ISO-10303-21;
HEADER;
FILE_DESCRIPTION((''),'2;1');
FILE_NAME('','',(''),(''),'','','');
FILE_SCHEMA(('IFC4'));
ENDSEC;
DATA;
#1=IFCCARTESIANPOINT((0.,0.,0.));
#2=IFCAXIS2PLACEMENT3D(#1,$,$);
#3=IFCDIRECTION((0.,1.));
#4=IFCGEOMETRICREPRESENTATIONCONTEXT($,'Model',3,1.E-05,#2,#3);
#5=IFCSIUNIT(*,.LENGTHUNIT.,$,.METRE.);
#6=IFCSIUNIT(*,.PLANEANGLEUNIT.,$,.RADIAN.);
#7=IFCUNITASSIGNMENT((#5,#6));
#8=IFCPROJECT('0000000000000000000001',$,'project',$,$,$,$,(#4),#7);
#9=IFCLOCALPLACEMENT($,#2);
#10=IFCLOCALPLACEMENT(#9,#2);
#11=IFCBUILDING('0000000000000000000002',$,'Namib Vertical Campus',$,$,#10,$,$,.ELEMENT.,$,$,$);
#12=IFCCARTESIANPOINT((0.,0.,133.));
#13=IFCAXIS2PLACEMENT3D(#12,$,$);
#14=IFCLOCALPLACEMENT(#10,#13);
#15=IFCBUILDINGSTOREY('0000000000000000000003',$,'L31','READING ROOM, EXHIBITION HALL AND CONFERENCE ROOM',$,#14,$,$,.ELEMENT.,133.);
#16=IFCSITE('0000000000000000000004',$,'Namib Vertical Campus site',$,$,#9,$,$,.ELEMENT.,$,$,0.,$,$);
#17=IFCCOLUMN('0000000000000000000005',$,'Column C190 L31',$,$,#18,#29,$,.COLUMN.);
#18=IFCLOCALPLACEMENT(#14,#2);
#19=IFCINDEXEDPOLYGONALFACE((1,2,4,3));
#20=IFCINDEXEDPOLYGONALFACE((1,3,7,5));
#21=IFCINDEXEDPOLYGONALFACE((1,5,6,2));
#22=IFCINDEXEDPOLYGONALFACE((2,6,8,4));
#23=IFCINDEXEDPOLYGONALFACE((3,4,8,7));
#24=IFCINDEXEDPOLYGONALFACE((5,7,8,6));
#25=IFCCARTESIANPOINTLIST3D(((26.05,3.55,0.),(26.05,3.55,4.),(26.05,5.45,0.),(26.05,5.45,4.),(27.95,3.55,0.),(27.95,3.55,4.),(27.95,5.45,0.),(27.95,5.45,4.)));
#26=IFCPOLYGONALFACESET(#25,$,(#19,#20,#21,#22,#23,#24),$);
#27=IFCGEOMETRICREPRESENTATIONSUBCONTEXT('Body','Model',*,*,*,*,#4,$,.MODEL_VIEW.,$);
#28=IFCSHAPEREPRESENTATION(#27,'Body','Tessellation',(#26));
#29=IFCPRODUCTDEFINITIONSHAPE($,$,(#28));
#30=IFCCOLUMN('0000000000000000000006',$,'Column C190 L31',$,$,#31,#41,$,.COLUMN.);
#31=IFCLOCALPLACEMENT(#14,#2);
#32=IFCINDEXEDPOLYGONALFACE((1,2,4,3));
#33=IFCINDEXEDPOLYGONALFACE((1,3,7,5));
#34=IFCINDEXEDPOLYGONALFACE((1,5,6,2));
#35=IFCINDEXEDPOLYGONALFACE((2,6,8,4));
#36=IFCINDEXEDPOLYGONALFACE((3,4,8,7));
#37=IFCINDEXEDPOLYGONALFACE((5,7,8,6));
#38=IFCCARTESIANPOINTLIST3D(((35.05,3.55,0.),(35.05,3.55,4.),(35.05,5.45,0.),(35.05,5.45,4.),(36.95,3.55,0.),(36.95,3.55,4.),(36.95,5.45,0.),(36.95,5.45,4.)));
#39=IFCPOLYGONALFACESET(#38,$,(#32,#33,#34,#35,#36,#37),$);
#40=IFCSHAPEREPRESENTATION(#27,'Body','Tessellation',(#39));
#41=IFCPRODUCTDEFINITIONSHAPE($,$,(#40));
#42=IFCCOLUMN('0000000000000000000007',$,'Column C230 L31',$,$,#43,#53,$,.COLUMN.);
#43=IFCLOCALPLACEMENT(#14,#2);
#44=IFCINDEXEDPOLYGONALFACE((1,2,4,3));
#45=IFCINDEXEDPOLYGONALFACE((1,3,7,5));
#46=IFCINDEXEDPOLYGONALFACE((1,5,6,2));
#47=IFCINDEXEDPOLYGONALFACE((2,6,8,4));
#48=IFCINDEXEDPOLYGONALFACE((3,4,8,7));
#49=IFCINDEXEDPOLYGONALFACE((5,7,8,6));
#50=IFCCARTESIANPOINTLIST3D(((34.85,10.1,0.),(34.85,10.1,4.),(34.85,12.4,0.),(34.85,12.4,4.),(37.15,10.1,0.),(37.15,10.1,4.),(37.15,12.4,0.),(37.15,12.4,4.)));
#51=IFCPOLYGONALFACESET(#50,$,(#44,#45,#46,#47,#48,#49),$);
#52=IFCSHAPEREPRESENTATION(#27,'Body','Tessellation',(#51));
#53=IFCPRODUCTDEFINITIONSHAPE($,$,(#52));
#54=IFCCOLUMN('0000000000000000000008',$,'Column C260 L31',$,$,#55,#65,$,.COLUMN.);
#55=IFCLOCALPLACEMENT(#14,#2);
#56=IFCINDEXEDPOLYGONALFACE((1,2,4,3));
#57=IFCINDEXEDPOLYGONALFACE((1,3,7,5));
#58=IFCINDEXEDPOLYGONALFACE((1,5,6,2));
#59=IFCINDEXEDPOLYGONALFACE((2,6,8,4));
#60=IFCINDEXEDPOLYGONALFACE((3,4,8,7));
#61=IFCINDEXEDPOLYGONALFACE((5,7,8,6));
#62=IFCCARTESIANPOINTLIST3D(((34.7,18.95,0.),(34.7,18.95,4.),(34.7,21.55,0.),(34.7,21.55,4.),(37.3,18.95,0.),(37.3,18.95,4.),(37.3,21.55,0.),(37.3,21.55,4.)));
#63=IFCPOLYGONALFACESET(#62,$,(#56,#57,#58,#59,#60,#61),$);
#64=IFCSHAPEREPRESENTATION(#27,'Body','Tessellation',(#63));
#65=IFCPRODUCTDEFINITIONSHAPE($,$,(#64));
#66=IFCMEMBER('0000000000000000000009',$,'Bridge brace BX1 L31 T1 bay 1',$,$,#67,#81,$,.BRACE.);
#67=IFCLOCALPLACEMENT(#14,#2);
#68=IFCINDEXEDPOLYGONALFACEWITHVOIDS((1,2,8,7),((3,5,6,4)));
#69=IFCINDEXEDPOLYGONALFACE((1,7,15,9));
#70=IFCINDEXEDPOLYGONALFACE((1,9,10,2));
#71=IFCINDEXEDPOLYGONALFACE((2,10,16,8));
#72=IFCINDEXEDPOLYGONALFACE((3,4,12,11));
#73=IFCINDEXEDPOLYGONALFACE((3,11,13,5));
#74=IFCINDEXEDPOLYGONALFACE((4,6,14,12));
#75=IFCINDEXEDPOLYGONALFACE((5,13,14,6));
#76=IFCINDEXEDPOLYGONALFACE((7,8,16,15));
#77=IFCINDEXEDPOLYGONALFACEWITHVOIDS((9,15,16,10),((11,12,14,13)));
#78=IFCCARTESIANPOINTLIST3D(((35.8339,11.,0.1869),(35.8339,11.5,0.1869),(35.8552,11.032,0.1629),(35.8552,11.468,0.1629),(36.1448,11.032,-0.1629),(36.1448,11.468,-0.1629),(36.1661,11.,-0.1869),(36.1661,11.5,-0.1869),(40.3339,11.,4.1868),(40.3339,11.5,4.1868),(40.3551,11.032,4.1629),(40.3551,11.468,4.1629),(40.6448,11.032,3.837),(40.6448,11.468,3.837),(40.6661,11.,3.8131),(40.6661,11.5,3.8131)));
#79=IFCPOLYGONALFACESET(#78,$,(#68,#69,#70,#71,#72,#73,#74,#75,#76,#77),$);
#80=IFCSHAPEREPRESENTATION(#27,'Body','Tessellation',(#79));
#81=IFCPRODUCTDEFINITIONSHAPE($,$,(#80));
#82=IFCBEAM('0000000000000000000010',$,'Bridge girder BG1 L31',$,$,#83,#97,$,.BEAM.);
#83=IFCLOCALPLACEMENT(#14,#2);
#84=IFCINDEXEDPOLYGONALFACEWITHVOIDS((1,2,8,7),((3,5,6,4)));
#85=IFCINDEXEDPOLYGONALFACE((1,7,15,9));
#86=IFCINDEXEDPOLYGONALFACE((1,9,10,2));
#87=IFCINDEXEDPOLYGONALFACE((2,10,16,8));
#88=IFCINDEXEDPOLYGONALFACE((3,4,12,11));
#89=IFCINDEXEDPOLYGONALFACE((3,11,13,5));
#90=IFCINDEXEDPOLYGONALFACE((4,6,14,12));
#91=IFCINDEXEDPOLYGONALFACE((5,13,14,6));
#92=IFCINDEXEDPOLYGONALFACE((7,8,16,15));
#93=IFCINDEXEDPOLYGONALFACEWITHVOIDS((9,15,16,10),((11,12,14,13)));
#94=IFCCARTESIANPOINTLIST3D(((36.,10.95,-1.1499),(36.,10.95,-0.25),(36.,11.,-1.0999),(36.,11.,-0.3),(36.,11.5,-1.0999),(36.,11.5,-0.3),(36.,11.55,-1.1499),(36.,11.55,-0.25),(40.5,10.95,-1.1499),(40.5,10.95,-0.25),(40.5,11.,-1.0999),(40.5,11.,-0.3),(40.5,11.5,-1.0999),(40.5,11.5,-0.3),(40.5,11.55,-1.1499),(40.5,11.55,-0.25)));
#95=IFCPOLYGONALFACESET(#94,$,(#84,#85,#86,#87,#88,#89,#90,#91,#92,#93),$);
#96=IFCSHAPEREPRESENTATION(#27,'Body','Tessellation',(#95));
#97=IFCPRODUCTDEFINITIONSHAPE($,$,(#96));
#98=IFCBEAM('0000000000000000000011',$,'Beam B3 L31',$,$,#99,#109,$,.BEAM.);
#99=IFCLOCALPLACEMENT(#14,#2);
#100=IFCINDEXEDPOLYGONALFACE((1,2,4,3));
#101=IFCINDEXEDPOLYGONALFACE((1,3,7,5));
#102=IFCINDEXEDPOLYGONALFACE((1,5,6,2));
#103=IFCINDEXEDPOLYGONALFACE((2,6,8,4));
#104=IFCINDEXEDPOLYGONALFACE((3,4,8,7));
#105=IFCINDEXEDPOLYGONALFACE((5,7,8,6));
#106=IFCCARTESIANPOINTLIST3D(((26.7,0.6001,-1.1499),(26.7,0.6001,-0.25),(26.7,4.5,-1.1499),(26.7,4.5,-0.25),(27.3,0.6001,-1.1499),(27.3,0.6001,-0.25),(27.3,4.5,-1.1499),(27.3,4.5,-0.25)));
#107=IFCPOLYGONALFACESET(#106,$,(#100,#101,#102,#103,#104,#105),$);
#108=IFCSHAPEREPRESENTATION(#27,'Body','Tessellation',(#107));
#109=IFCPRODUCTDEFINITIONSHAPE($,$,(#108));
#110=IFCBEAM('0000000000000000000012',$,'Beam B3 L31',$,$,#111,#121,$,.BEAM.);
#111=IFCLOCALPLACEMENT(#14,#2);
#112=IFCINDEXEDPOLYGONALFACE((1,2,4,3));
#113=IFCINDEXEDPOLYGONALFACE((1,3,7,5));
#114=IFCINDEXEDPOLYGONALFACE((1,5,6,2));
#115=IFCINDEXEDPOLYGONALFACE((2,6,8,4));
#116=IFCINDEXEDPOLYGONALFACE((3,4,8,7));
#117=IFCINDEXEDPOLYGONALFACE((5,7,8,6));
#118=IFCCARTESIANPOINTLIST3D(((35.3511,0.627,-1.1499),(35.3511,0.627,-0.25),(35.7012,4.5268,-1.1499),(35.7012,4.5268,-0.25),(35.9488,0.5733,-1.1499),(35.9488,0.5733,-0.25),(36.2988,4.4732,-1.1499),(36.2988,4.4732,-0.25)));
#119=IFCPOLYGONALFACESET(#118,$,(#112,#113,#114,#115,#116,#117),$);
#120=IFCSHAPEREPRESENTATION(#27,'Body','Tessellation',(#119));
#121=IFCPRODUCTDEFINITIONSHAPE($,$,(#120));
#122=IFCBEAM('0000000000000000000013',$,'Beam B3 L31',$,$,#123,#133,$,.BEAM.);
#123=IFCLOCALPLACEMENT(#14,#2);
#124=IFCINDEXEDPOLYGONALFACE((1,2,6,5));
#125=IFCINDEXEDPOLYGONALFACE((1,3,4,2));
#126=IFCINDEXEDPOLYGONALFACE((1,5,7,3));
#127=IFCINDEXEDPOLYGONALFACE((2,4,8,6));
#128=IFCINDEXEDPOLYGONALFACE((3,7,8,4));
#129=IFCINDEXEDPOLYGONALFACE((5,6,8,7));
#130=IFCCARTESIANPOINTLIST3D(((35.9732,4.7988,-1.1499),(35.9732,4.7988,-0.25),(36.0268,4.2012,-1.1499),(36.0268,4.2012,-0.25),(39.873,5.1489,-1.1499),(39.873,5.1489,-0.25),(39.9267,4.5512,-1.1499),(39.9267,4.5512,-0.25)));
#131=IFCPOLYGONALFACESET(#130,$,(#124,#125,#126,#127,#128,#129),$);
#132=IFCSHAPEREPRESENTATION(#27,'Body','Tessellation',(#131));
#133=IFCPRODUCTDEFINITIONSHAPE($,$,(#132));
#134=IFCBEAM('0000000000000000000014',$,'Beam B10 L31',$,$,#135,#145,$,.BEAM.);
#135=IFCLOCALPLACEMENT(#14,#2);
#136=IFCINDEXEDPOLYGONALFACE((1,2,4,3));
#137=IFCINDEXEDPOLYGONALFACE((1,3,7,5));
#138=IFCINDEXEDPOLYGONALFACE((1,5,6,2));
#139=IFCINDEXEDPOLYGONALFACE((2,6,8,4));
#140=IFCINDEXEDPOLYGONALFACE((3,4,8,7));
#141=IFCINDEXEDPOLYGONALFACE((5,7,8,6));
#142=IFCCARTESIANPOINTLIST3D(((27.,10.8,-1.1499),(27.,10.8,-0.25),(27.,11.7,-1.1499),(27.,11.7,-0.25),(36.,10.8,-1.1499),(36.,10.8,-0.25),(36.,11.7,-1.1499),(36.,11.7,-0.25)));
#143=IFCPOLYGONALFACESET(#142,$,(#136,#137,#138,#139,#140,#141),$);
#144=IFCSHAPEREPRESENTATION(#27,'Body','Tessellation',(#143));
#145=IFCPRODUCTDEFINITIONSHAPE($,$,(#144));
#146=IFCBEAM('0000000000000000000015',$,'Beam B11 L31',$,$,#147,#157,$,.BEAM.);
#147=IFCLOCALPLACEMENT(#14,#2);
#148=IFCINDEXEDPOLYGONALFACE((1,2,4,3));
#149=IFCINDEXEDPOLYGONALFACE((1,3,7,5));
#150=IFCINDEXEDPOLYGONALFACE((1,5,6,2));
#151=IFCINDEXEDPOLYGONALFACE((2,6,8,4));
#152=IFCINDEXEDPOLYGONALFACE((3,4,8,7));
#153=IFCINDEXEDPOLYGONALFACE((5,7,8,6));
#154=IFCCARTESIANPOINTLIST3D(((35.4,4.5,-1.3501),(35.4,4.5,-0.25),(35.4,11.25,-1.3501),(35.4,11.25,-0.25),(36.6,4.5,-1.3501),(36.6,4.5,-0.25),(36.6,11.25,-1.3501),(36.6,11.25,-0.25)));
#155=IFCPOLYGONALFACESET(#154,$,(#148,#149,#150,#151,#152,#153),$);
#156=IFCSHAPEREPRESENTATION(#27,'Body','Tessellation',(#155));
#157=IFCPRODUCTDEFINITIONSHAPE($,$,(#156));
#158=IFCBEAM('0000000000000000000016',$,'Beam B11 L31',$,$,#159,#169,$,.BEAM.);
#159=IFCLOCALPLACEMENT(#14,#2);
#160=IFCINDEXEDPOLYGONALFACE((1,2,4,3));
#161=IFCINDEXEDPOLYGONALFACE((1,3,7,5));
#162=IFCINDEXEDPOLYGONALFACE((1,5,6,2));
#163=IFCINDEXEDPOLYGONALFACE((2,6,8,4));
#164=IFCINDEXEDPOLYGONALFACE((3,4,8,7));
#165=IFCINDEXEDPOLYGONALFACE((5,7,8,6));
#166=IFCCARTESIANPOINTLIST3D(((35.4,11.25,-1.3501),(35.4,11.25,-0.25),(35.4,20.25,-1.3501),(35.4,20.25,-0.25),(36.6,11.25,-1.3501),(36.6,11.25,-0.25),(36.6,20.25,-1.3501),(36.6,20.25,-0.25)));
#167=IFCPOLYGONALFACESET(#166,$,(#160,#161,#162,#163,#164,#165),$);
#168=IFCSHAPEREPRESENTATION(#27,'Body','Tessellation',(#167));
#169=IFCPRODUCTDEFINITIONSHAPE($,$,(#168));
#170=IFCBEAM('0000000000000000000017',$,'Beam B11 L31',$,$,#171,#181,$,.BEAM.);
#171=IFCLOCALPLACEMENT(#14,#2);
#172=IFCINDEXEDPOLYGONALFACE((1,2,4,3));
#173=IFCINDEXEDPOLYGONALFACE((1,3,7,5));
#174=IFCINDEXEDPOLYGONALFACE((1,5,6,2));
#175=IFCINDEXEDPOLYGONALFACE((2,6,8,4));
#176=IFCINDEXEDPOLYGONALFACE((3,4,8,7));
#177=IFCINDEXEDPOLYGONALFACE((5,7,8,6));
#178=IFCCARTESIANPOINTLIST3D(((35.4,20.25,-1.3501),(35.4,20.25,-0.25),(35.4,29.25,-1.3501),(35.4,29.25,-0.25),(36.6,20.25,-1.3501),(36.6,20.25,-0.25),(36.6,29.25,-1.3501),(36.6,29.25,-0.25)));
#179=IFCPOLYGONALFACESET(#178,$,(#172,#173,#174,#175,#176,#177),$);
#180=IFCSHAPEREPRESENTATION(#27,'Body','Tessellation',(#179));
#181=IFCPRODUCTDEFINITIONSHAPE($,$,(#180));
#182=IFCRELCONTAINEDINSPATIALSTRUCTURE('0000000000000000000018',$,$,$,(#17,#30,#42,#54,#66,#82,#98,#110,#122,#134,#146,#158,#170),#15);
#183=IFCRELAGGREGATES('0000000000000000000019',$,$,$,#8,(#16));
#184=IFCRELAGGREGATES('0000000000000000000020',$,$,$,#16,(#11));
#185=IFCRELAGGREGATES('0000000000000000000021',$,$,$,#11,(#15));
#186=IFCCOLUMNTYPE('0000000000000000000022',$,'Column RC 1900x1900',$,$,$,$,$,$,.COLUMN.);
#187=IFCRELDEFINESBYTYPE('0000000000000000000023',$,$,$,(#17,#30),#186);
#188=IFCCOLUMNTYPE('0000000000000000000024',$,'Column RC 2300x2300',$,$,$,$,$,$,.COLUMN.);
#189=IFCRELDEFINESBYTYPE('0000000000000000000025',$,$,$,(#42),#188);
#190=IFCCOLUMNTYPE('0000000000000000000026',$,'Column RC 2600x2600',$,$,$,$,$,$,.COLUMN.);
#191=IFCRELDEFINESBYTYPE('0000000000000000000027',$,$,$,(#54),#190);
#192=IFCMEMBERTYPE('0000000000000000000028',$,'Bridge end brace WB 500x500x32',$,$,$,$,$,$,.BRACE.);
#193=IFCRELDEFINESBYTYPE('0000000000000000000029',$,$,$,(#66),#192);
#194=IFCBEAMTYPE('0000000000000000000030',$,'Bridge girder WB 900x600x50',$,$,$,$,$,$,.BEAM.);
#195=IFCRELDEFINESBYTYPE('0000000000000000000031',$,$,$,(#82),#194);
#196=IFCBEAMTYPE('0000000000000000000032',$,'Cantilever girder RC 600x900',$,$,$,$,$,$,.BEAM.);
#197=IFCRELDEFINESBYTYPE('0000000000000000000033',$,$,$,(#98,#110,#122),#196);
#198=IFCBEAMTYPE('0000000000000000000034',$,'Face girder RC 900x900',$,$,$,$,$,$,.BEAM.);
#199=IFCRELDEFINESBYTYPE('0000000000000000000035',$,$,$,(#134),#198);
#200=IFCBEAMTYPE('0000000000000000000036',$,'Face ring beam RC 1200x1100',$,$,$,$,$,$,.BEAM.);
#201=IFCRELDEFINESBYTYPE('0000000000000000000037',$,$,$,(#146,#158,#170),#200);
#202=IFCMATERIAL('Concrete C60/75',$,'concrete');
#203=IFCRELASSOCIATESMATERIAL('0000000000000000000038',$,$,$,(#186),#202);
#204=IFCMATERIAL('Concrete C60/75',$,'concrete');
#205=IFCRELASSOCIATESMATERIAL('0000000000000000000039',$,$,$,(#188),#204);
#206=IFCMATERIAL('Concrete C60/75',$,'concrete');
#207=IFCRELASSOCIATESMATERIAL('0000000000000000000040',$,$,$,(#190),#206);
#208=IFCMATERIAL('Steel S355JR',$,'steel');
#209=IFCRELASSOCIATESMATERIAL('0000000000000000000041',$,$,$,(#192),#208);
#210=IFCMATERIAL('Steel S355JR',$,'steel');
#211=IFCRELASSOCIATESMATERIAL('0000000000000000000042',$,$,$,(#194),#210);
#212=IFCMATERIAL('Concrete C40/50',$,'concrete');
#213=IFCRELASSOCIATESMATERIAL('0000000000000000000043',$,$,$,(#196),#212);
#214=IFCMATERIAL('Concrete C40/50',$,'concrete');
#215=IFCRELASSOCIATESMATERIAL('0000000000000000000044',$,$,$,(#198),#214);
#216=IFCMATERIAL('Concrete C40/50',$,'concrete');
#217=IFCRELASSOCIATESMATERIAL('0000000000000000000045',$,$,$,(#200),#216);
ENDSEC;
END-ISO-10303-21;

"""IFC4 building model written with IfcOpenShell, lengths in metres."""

from ifc_helpers import new_model, si_unit, direction, frame, origin, origin_2d, place, context, subcontext, project, spatial, rectangle, hollow_rectangle, extrude, material, material_profile, profile_set, type_object, element, save


model = new_model("IFC4")

# Units and contexts
model_context = context("Model", 3, precision=1e-05, world=origin(), true_north=direction((0.0, 1.0)))
body_context = subcontext(model_context, "Body", "Model", "MODEL_VIEW")
ifc_project = project(units=[si_unit("LENGTHUNIT", "METRE"), si_unit("PLANEANGLEUNIT", "RADIAN")], contexts=[model_context])

# Site, building, storey
site_placement = place(None, origin())
site = spatial("IfcSite", under=ifc_project, at=site_placement, Name="Namib Vertical Campus site", CompositionType="ELEMENT", RefElevation=0.0)
building_placement = place(site_placement, origin())
building = spatial("IfcBuilding", under=site, at=building_placement, Name="Namib Vertical Campus", CompositionType="ELEMENT")
storey_placement = place(building_placement, frame((0.0, 0.0, 133.0)))
storey = spatial("IfcBuildingStorey", under=building, at=storey_placement, Name="L31", Description="READING ROOM, EXHIBITION HALL AND CONFERENCE ROOM", CompositionType="ELEMENT", Elevation=133.0)

# Columns
ifc_material_1 = material(Name="Concrete C60/75", Category="concrete")
ifc_material_profile_1 = material_profile(ifc_material_1, rectangle(XDim=1.8999, YDim=1.8999, at=origin_2d()))
ifc_profile_set_1 = profile_set([ifc_material_profile_1], Name="Concrete C60/75")
column_type_1 = type_object("IfcColumnType", Name="Column RC 1900x1900", PredefinedType="COLUMN", material=ifc_profile_set_1)
for number, where, z_axis, x_axis, name in (
    (1, (27.0, 4.5, 0.0), (0.0, 0.0, 1.0), (1.0, 0.0, 0.0), "Column C190 L31"),
    (2, (36.0, 4.5, 0.0), (0.0, 0.0, 1.0), (1.0, 0.0, 0.0), "Column C190 L31"),
):
    element("IfcColumn", number, at=place(storey_placement, frame(where, z_axis=z_axis, x_axis=x_axis)), inside=storey, type_object=column_type_1, Name=name, PredefinedType="COLUMN", context=body_context, shape_type="SweptSolid", body=[
        extrude(rectangle(XDim=1.8999, YDim=1.8999, at=origin_2d()), origin(), (0.0, 0.0, 1.0), 4.0),
    ])
ifc_material_2 = material(Name="Concrete C60/75", Category="concrete")
ifc_material_profile_2 = material_profile(ifc_material_2, rectangle(XDim=2.3, YDim=2.3, at=origin_2d()))
ifc_profile_set_2 = profile_set([ifc_material_profile_2], Name="Concrete C60/75")
column_type_2 = type_object("IfcColumnType", Name="Column RC 2300x2300", PredefinedType="COLUMN", material=ifc_profile_set_2)
column_1_placement = place(storey_placement, frame((36.0, 11.25, 0.0), z_axis=(0.0, 0.0, 1.0), x_axis=(1.0, 0.0, 0.0)))
element("IfcColumn", 3, at=column_1_placement, inside=storey, type_object=column_type_2, Name="Column C230 L31", PredefinedType="COLUMN", context=body_context, shape_type="SweptSolid", body=[
    extrude(rectangle(XDim=2.3, YDim=2.3, at=origin_2d()), origin(), (0.0, 0.0, 1.0), 4.0),
])
ifc_material_3 = material(Name="Concrete C60/75", Category="concrete")
ifc_material_profile_3 = material_profile(ifc_material_3, rectangle(XDim=2.6001, YDim=2.6001, at=origin_2d()))
ifc_profile_set_3 = profile_set([ifc_material_profile_3], Name="Concrete C60/75")
column_type_3 = type_object("IfcColumnType", Name="Column RC 2600x2600", PredefinedType="COLUMN", material=ifc_profile_set_3)
column_2_placement = place(storey_placement, frame((36.0, 20.25, 0.0), z_axis=(0.0, 0.0, 1.0), x_axis=(1.0, 0.0, 0.0)))
element("IfcColumn", 4, at=column_2_placement, inside=storey, type_object=column_type_3, Name="Column C260 L31", PredefinedType="COLUMN", context=body_context, shape_type="SweptSolid", body=[
    extrude(rectangle(XDim=2.6001, YDim=2.6001, at=origin_2d()), origin(), (0.0, 0.0, 1.0), 4.0),
])

# Member
ifc_material_4 = material(Name="Steel S355JR", Category="steel")
ifc_material_profile_4 = material_profile(ifc_material_4, hollow_rectangle(XDim=0.5, YDim=0.5, WallThickness=0.032, at=origin_2d()))
ifc_profile_set_4 = profile_set([ifc_material_profile_4], Name="Steel S355JR")
member_type = type_object("IfcMemberType", Name="Bridge end brace WB 500x500x32", PredefinedType="BRACE", material=ifc_profile_set_4)
member_placement = place(storey_placement, frame((36.0, 11.25, 0.0), z_axis=(0.747409, 0.0, 0.664364), x_axis=(0.0, 1.0, 0.0)))
element("IfcMember", 5, at=member_placement, inside=storey, type_object=member_type, Name="Bridge brace BX1 L31 T1 bay 1", PredefinedType="BRACE", context=body_context, shape_type="SweptSolid", body=[
    extrude(hollow_rectangle(XDim=0.5, YDim=0.5, WallThickness=0.032, at=origin_2d()), origin(), (0.0, 0.0, 1.0), 6.0208),
])

# Beams
ifc_material_5 = material(Name="Steel S355JR", Category="steel")
ifc_material_profile_5 = material_profile(ifc_material_5, hollow_rectangle(XDim=0.6001, YDim=0.8999, WallThickness=0.05, at=origin_2d()))
ifc_profile_set_5 = profile_set([ifc_material_profile_5], Name="Steel S355JR")
beam_type_1 = type_object("IfcBeamType", Name="Bridge girder WB 900x600x50", PredefinedType="BEAM", material=ifc_profile_set_5)
beam_1_placement = place(storey_placement, frame((36.0, 11.25, -0.7), z_axis=(1.0, 0.0, 0.0), x_axis=(0.0, 1.0, 0.0)))
element("IfcBeam", 6, at=beam_1_placement, inside=storey, type_object=beam_type_1, Name="Bridge girder BG1 L31", PredefinedType="BEAM", context=body_context, shape_type="SweptSolid", body=[
    extrude(hollow_rectangle(XDim=0.6001, YDim=0.8999, WallThickness=0.05, at=origin_2d()), origin(), (0.0, 0.0, 1.0), 4.5),
])
ifc_material_6 = material(Name="Concrete C40/50", Category="concrete")
ifc_material_profile_6 = material_profile(ifc_material_6, rectangle(XDim=0.6001, YDim=0.8999, at=origin_2d()))
ifc_profile_set_6 = profile_set([ifc_material_profile_6], Name="Concrete C40/50")
beam_type_2 = type_object("IfcBeamType", Name="Cantilever girder RC 600x900", PredefinedType="BEAM", material=ifc_profile_set_6)
beam_2_placement = place(storey_placement, frame((27.0, 4.5, -0.7), z_axis=(0.0, -1.0, 0.0), x_axis=(1.0, 0.0, 0.0)))
element("IfcBeam", 7, at=beam_2_placement, inside=storey, type_object=beam_type_2, Name="Beam B3 L31", PredefinedType="BEAM", context=body_context, shape_type="SweptSolid", body=[
    extrude(rectangle(XDim=0.6001, YDim=0.8999, at=origin_2d()), origin(), (0.0, 0.0, 1.0), 3.8999),
])
for number, where, z_axis, x_axis, name in (
    (8, (36.0, 4.5, -0.7), (-0.089411, -0.995995, 0.0), (0.995995, -0.089411, 0.0), "Beam B3 L31"),
    (9, (36.0, 4.5, -0.7), (0.995995, 0.089411, 0.0), (-0.089411, 0.995995, 0.0), "Beam B3 L31"),
):
    element("IfcBeam", number, at=place(storey_placement, frame(where, z_axis=z_axis, x_axis=x_axis)), inside=storey, type_object=beam_type_2, Name=name, PredefinedType="BEAM", context=body_context, shape_type="SweptSolid", body=[
        extrude(rectangle(XDim=0.6001, YDim=0.8999, at=origin_2d()), origin(), (0.0, 0.0, 1.0), 3.9155),
    ])
ifc_material_7 = material(Name="Concrete C40/50", Category="concrete")
ifc_material_profile_7 = material_profile(ifc_material_7, rectangle(XDim=0.8999, YDim=0.8999, at=origin_2d()))
ifc_profile_set_7 = profile_set([ifc_material_profile_7], Name="Concrete C40/50")
beam_type_3 = type_object("IfcBeamType", Name="Face girder RC 900x900", PredefinedType="BEAM", material=ifc_profile_set_7)
beam_3_placement = place(storey_placement, frame((36.0, 11.25, -0.7), z_axis=(-1.0, 0.0, 0.0), x_axis=(0.0, -1.0, 0.0)))
element("IfcBeam", 10, at=beam_3_placement, inside=storey, type_object=beam_type_3, Name="Beam B10 L31", PredefinedType="BEAM", context=body_context, shape_type="SweptSolid", body=[
    extrude(rectangle(XDim=0.8999, YDim=0.8999, at=origin_2d()), origin(), (0.0, 0.0, 1.0), 9.0),
])
ifc_material_8 = material(Name="Concrete C40/50", Category="concrete")
ifc_material_profile_8 = material_profile(ifc_material_8, rectangle(XDim=1.2, YDim=1.1001, at=origin_2d()))
ifc_profile_set_8 = profile_set([ifc_material_profile_8], Name="Concrete C40/50")
beam_type_4 = type_object("IfcBeamType", Name="Face ring beam RC 1200x1100", PredefinedType="BEAM", material=ifc_profile_set_8)
beam_4_placement = place(storey_placement, frame((36.0, 4.5, -0.8), z_axis=(0.0, 1.0, 0.0), x_axis=(-1.0, 0.0, 0.0)))
element("IfcBeam", 11, at=beam_4_placement, inside=storey, type_object=beam_type_4, Name="Beam B11 L31", PredefinedType="BEAM", context=body_context, shape_type="SweptSolid", body=[
    extrude(rectangle(XDim=1.2, YDim=1.1001, at=origin_2d()), origin(), (0.0, 0.0, 1.0), 6.75),
])
for number, where, z_axis, x_axis, name in (
    (12, (36.0, 11.25, -0.8), (0.0, 1.0, 0.0), (-1.0, 0.0, 0.0), "Beam B11 L31"),
    (13, (36.0, 20.25, -0.8), (0.0, 1.0, 0.0), (-1.0, 0.0, 0.0), "Beam B11 L31"),
):
    element("IfcBeam", number, at=place(storey_placement, frame(where, z_axis=z_axis, x_axis=x_axis)), inside=storey, type_object=beam_type_4, Name=name, PredefinedType="BEAM", context=body_context, shape_type="SweptSolid", body=[
        extrude(rectangle(XDim=1.2, YDim=1.1001, at=origin_2d()), origin(), (0.0, 0.0, 1.0), 9.0),
    ])

save(model, "model.ifc")
